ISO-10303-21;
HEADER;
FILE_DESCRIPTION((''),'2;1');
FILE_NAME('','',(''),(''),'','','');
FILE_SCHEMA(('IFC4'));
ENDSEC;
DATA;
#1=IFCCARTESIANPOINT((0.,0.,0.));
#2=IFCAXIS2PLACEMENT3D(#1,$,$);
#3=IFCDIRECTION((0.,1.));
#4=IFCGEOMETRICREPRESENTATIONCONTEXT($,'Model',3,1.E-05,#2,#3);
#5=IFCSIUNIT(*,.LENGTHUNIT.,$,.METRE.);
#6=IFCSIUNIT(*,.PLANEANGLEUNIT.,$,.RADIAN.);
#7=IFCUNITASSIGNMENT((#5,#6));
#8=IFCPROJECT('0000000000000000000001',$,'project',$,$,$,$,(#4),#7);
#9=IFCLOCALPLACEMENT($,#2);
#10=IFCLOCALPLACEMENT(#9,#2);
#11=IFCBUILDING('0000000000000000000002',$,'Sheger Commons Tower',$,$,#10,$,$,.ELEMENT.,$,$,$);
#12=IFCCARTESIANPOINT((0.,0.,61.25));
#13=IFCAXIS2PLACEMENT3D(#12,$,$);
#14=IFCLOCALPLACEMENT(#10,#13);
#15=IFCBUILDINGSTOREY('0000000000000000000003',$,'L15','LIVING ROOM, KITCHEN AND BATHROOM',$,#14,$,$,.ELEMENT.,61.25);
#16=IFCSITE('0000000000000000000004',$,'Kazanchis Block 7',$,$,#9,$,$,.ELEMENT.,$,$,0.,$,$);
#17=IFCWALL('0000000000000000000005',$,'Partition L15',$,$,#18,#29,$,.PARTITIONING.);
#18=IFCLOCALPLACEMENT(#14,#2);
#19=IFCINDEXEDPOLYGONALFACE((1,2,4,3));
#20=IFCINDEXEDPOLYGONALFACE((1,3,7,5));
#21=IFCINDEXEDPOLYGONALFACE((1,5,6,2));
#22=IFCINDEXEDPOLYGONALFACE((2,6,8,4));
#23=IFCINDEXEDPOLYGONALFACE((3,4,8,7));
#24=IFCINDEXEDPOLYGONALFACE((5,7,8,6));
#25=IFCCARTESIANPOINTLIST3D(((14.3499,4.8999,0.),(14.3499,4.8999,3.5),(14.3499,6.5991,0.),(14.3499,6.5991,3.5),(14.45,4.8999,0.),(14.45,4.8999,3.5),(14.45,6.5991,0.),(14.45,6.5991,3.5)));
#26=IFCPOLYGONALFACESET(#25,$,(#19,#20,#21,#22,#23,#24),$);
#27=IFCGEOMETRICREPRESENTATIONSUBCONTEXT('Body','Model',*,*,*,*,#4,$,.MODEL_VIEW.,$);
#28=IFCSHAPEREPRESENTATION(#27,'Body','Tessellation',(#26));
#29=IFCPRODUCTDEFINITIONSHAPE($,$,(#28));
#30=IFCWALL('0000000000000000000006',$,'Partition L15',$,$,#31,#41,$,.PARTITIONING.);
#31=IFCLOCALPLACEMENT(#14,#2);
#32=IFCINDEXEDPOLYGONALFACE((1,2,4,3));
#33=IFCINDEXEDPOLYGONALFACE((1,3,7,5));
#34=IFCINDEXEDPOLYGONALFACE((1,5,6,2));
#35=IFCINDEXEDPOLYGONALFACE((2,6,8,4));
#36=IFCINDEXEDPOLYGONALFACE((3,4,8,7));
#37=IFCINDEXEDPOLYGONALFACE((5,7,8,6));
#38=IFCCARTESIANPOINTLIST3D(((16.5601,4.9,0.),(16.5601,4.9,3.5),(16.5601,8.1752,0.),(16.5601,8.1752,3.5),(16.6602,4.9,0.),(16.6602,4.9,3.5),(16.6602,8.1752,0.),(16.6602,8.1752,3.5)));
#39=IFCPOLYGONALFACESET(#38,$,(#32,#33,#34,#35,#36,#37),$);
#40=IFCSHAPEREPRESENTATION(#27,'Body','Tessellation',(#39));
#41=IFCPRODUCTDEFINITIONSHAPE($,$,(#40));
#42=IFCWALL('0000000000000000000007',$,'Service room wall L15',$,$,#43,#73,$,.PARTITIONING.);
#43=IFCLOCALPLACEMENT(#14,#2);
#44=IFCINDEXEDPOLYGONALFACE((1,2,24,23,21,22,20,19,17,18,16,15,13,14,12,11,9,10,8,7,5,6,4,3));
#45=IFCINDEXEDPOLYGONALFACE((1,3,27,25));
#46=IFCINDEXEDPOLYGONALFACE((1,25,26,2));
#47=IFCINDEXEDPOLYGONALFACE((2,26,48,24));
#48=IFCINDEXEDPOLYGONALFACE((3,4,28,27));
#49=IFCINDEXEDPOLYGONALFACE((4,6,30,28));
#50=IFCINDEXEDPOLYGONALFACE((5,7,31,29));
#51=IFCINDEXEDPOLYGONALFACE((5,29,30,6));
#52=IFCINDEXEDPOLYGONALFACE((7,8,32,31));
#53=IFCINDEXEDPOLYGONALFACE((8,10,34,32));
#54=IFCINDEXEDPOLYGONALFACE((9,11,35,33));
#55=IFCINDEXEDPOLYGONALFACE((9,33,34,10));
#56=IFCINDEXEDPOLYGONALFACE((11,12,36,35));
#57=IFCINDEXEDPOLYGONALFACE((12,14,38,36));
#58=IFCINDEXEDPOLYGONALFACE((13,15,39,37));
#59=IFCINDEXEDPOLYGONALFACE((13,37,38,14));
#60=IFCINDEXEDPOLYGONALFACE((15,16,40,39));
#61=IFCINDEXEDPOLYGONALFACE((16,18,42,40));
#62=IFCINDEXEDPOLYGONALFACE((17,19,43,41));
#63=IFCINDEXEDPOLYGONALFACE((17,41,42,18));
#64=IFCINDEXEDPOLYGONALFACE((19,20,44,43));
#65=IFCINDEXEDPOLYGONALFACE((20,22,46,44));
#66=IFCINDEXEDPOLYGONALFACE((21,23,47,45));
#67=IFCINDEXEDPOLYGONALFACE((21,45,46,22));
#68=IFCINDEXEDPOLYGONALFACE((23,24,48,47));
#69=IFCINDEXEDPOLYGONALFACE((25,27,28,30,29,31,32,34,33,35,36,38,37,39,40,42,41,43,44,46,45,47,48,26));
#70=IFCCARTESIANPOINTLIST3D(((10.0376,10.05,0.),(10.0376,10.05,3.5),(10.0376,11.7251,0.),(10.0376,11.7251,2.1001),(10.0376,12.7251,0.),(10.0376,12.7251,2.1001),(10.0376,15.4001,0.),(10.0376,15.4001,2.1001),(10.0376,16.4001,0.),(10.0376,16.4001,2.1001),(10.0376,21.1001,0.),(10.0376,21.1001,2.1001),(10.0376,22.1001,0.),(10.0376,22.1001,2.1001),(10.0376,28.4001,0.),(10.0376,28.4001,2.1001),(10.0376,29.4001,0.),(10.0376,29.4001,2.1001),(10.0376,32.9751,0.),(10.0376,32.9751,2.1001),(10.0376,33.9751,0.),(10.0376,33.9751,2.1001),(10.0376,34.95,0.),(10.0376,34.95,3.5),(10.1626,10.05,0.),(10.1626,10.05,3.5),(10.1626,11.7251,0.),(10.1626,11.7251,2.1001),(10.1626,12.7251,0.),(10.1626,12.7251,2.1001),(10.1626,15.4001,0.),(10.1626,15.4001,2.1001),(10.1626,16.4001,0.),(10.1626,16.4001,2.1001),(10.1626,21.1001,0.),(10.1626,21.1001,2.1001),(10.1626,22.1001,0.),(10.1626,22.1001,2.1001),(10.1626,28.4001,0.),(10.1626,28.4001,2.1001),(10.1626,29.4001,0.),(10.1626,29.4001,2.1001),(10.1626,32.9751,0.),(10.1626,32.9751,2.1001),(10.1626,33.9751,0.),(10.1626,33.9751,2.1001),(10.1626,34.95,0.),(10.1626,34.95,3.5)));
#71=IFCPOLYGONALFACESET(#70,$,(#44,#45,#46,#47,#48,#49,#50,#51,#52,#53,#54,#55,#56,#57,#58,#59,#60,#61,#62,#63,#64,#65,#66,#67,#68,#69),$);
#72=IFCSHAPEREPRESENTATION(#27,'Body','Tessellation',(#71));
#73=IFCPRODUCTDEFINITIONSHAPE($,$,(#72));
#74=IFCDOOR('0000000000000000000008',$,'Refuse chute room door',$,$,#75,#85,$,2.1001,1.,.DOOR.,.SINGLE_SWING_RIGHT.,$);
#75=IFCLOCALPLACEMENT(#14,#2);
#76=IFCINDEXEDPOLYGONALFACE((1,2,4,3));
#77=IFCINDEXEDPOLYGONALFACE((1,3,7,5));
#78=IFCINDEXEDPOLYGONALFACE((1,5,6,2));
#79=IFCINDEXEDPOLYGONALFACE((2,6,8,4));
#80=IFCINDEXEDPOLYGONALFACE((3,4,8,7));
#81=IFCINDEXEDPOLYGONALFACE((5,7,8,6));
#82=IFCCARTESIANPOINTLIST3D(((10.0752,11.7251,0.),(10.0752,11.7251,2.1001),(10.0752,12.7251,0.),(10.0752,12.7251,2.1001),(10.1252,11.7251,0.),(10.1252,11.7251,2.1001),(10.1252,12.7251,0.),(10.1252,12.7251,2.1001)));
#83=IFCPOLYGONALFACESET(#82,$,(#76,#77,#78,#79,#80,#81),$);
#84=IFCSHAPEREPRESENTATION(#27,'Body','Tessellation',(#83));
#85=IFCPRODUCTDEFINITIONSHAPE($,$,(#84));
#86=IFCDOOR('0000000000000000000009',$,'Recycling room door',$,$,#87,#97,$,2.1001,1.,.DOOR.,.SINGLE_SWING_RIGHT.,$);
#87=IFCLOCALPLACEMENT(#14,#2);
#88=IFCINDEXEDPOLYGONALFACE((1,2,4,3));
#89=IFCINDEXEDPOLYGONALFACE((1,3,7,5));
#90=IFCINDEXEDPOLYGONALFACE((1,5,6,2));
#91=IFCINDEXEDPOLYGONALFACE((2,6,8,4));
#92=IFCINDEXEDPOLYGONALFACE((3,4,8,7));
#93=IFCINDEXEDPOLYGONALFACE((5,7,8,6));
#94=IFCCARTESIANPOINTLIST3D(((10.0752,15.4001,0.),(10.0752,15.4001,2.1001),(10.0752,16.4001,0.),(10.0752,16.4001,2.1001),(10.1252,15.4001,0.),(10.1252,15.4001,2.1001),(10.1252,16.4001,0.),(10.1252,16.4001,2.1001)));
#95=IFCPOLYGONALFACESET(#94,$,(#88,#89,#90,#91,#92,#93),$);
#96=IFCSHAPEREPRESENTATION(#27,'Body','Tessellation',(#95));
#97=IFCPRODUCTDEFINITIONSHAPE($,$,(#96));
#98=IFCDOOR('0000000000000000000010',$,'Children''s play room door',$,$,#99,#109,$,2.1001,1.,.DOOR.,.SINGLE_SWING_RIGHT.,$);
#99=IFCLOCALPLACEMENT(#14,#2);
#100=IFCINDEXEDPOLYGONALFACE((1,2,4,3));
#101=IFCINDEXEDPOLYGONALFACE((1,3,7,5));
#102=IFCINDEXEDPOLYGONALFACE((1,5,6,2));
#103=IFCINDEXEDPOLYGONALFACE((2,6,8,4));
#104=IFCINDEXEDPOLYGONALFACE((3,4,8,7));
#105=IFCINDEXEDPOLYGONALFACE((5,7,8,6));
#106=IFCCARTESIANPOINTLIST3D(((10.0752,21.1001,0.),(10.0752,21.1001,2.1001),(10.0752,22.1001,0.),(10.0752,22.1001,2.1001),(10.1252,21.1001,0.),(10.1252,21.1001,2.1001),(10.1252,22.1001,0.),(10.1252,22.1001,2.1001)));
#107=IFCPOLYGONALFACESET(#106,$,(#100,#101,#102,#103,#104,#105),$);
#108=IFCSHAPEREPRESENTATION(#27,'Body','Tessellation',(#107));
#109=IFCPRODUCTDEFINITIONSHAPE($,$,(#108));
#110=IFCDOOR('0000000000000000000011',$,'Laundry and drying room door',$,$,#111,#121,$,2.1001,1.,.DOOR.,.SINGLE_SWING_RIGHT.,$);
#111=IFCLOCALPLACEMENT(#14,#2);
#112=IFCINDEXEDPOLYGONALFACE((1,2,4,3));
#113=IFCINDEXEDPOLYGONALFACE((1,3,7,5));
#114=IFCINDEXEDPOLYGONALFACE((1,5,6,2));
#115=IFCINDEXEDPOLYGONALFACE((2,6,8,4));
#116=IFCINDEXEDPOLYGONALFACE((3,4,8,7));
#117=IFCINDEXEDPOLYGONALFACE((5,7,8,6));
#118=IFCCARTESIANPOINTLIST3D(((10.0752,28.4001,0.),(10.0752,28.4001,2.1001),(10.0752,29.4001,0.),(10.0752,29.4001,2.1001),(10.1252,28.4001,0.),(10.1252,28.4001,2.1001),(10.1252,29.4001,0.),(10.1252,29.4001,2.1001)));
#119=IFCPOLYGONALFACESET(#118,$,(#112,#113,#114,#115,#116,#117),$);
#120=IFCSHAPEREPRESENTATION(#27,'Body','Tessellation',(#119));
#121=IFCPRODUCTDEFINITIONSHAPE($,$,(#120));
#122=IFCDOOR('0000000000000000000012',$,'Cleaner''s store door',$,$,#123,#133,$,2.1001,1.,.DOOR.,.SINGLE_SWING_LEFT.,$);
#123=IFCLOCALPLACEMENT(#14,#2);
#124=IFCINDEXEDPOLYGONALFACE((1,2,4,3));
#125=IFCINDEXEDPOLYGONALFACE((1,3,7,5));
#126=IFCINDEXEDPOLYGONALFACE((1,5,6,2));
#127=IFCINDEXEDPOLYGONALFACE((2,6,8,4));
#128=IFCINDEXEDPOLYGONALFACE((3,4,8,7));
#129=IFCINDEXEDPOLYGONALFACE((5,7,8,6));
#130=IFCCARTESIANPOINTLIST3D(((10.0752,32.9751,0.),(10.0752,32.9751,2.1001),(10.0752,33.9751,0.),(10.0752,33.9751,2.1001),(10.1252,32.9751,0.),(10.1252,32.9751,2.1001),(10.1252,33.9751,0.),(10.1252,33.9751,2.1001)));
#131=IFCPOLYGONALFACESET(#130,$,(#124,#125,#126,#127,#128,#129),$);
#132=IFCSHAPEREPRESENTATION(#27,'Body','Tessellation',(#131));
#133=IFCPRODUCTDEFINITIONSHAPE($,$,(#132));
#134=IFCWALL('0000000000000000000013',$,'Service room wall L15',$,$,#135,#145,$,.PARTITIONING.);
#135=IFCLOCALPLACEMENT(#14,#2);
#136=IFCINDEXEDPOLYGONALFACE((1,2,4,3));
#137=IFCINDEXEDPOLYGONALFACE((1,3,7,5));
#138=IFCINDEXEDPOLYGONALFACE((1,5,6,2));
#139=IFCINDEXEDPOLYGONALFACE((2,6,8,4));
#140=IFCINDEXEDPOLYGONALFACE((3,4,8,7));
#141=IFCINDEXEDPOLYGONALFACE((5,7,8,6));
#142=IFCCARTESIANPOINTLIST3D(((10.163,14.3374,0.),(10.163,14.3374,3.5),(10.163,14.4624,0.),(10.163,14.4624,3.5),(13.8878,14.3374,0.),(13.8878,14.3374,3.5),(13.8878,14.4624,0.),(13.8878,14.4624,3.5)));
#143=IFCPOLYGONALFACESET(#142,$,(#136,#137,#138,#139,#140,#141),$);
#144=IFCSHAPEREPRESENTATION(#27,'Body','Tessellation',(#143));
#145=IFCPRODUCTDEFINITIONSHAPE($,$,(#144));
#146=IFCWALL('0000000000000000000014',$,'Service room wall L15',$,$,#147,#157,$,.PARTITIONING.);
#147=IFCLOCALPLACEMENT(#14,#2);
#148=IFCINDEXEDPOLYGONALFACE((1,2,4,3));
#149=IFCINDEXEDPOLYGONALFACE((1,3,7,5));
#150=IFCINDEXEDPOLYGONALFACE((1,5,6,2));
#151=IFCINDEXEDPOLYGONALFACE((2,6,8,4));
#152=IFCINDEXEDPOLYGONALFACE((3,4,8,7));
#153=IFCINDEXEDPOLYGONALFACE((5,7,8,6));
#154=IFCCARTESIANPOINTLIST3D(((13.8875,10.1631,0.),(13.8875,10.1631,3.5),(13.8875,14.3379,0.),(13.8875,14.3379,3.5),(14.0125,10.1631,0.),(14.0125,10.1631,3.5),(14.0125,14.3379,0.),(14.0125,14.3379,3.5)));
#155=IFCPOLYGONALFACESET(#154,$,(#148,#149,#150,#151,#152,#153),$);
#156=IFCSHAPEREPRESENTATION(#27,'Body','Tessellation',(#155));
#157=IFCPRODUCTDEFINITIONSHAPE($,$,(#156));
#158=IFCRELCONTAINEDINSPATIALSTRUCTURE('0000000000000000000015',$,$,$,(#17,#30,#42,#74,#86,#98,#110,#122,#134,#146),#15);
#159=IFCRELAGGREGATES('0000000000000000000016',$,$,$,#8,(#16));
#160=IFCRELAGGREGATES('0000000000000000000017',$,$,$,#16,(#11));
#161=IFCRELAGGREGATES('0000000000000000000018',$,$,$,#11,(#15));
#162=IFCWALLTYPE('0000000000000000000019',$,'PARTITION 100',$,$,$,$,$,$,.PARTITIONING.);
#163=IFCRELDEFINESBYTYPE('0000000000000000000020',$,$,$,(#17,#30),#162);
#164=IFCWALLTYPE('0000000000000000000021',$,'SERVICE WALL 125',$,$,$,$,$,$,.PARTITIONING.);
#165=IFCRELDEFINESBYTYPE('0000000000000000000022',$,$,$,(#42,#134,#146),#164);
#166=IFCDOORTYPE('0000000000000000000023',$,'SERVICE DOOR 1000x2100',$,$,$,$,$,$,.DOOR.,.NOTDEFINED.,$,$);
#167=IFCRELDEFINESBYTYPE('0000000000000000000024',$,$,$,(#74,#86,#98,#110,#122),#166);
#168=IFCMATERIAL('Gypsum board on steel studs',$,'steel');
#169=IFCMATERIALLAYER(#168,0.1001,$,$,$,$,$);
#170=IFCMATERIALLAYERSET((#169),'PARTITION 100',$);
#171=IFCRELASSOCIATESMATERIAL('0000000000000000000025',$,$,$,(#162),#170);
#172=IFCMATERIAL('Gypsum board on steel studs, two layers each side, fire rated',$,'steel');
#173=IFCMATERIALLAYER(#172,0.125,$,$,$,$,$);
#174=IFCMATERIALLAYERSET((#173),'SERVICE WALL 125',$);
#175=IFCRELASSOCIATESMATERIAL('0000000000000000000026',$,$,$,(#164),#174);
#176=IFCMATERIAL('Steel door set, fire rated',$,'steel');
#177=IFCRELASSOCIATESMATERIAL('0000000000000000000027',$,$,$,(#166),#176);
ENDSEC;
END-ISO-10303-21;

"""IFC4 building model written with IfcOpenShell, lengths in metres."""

from ifc_helpers import new_model, si_unit, direction, frame, frame_2d, origin, place, context, subcontext, project, spatial, rectangle, extrude, material, layer, layer_set, type_object, element, fill, save


model = new_model("IFC4")

# Units and contexts
model_context = context("Model", 3, precision=1e-05, world=origin(), true_north=direction((0.0, 1.0)))
body_context = subcontext(model_context, "Body", "Model", "MODEL_VIEW")
ifc_project = project(units=[si_unit("LENGTHUNIT", "METRE"), si_unit("PLANEANGLEUNIT", "RADIAN")], contexts=[model_context])

# Site, building, storey
site_placement = place(None, origin())
site = spatial("IfcSite", under=ifc_project, at=site_placement, Name="Kazanchis Block 7", CompositionType="ELEMENT", RefElevation=0.0)
building_placement = place(site_placement, origin())
building = spatial("IfcBuilding", under=site, at=building_placement, Name="Sheger Commons Tower", CompositionType="ELEMENT")
storey_placement = place(building_placement, frame((0.0, 0.0, 61.25)))
storey = spatial("IfcBuildingStorey", under=building, at=storey_placement, Name="L15", Description="LIVING ROOM, KITCHEN AND BATHROOM", CompositionType="ELEMENT", Elevation=61.25)

# Shared definitions
ifc_material_1 = material(Name="Gypsum board on steel studs", Category="steel")
ifc_layer_1 = layer(ifc_material_1, 0.1001)
ifc_layer_set_1 = layer_set([ifc_layer_1], Name="PARTITION 100")
wall_type_1 = type_object("IfcWallType", Name="PARTITION 100", PredefinedType="PARTITIONING", material=ifc_layer_set_1)

# Walls
wall_1_placement = place(storey_placement, frame((14.3999, 4.8999, 0.0), z_axis=(0.0, 0.0, 1.0), x_axis=(0.0, 1.0, 0.0)))
element("IfcWall", 1, at=wall_1_placement, inside=storey, type_object=wall_type_1, Name="Partition L15", PredefinedType="PARTITIONING", context=body_context, shape_type="SweptSolid", body=[
    extrude(rectangle(XDim=1.6992, YDim=0.1001, at=frame_2d((0.8496, 0.0))), origin(), (0.0, 0.0, 1.0), 3.5),
])
wall_2_placement = place(storey_placement, frame((16.6101, 4.8999, 0.0), z_axis=(0.0, 0.0, 1.0), x_axis=(0.0, 1.0, 0.0)))
element("IfcWall", 2, at=wall_2_placement, inside=storey, type_object=wall_type_1, Name="Partition L15", PredefinedType="PARTITIONING", context=body_context, shape_type="SweptSolid", body=[
    extrude(rectangle(XDim=3.2751, YDim=0.1001, at=frame_2d((1.6377, 0.0))), origin(), (0.0, 0.0, 1.0), 3.5),
])

# Wall, openings, doors
ifc_material_2 = material(Name="Gypsum board on steel studs, two layers each side, fire rated", Category="steel")
ifc_layer_2 = layer(ifc_material_2, 0.125)
ifc_layer_set_2 = layer_set([ifc_layer_2], Name="SERVICE WALL 125")
wall_type_2 = type_object("IfcWallType", Name="SERVICE WALL 125", PredefinedType="PARTITIONING", material=ifc_layer_set_2)
wall_3_placement = place(storey_placement, frame((10.1001, 10.05, 0.0), z_axis=(0.0, 0.0, 1.0), x_axis=(0.0, 1.0, 0.0)))
wall_3 = element("IfcWall", 3, at=wall_3_placement, inside=storey, type_object=wall_type_2, Name="Service room wall L15", PredefinedType="PARTITIONING", context=body_context, shape_type="SweptSolid", body=[
    extrude(rectangle(XDim=24.8999, YDim=0.125, at=frame_2d((12.45, 0.0))), origin(), (0.0, 0.0, 1.0), 3.5),
])
opening_1_placement = place(wall_3_placement, frame((1.675, 0.0, 0.0)))
opening_1 = element("IfcOpeningElement", 4, at=opening_1_placement, cuts=wall_3, PredefinedType="OPENING", context=body_context, shape_type="SweptSolid", body=[
    extrude(rectangle(XDim=1.0, YDim=2.1001, at=frame_2d((0.5, 1.05))), frame((0.0, 0.0725, 0.0), z_axis=(0.0, -1.0, 0.0), x_axis=(1.0, 0.0, 0.0)), (0.0, 0.0, 1.0), 0.145),
])
opening_2_placement = place(wall_3_placement, frame((5.3501, 0.0, 0.0)))
opening_2 = element("IfcOpeningElement", 5, at=opening_2_placement, cuts=wall_3, PredefinedType="OPENING", context=body_context, shape_type="SweptSolid", body=[
    extrude(rectangle(XDim=1.0, YDim=2.1001, at=frame_2d((0.5, 1.05))), frame((0.0, 0.0725, 0.0), z_axis=(0.0, -1.0, 0.0), x_axis=(1.0, 0.0, 0.0)), (0.0, 0.0, 1.0), 0.145),
])
opening_3_placement = place(wall_3_placement, frame((11.05, 0.0, 0.0)))
opening_3 = element("IfcOpeningElement", 6, at=opening_3_placement, cuts=wall_3, PredefinedType="OPENING", context=body_context, shape_type="SweptSolid", body=[
    extrude(rectangle(XDim=1.0, YDim=2.1001, at=frame_2d((0.5, 1.05))), frame((0.0, 0.0725, 0.0), z_axis=(0.0, -1.0, 0.0), x_axis=(1.0, 0.0, 0.0)), (0.0, 0.0, 1.0), 0.145),
])
opening_4_placement = place(wall_3_placement, frame((18.3501, 0.0, 0.0)))
opening_4 = element("IfcOpeningElement", 7, at=opening_4_placement, cuts=wall_3, PredefinedType="OPENING", context=body_context, shape_type="SweptSolid", body=[
    extrude(rectangle(XDim=1.0, YDim=2.1001, at=frame_2d((0.5, 1.05))), frame((0.0, 0.0725, 0.0), z_axis=(0.0, -1.0, 0.0), x_axis=(1.0, 0.0, 0.0)), (0.0, 0.0, 1.0), 0.145),
])
opening_5_placement = place(wall_3_placement, frame((22.925, 0.0, 0.0)))
opening_5 = element("IfcOpeningElement", 8, at=opening_5_placement, cuts=wall_3, PredefinedType="OPENING", context=body_context, shape_type="SweptSolid", body=[
    extrude(rectangle(XDim=1.0, YDim=2.1001, at=frame_2d((0.5, 1.05))), frame((0.0, 0.0725, 0.0), z_axis=(0.0, -1.0, 0.0), x_axis=(1.0, 0.0, 0.0)), (0.0, 0.0, 1.0), 0.145),
])
ifc_material_3 = material(Name="Steel door set, fire rated", Category="steel")
door_type_1 = type_object("IfcDoorType", Name="SERVICE DOOR 1000x2100", OperationType="NOTDEFINED", PredefinedType="DOOR", material=ifc_material_3)
door_1_placement = place(opening_1_placement, origin())
door_1 = element("IfcDoor", 9, at=door_1_placement, inside=storey, type_object=door_type_1, Name="Refuse chute room door", OperationType="SINGLE_SWING_RIGHT", OverallHeight=2.1001, OverallWidth=1.0, PredefinedType="DOOR", context=body_context, shape_type="SweptSolid", body=[
    extrude(rectangle(XDim=1.0, YDim=2.1001, at=frame_2d((0.5, 1.05))), frame((0.0, 0.0249, 0.0), z_axis=(0.0, -1.0, 0.0), x_axis=(1.0, 0.0, 0.0)), (0.0, 0.0, 1.0), 0.05),
])
fill(opening_1, door_1)
door_2_placement = place(opening_2_placement, origin())
door_2 = element("IfcDoor", 10, at=door_2_placement, inside=storey, type_object=door_type_1, Name="Recycling room door", OperationType="SINGLE_SWING_RIGHT", OverallHeight=2.1001, OverallWidth=1.0, PredefinedType="DOOR", context=body_context, shape_type="SweptSolid", body=[
    extrude(rectangle(XDim=1.0, YDim=2.1001, at=frame_2d((0.5, 1.05))), frame((0.0, 0.0249, 0.0), z_axis=(0.0, -1.0, 0.0), x_axis=(1.0, 0.0, 0.0)), (0.0, 0.0, 1.0), 0.05),
])
fill(opening_2, door_2)
door_3_placement = place(opening_3_placement, origin())
door_3 = element("IfcDoor", 11, at=door_3_placement, inside=storey, type_object=door_type_1, Name="Children's play room door", OperationType="SINGLE_SWING_RIGHT", OverallHeight=2.1001, OverallWidth=1.0, PredefinedType="DOOR", context=body_context, shape_type="SweptSolid", body=[
    extrude(rectangle(XDim=1.0, YDim=2.1001, at=frame_2d((0.5, 1.05))), frame((0.0, 0.0249, 0.0), z_axis=(0.0, -1.0, 0.0), x_axis=(1.0, 0.0, 0.0)), (0.0, 0.0, 1.0), 0.05),
])
fill(opening_3, door_3)
door_4_placement = place(opening_4_placement, origin())
door_4 = element("IfcDoor", 12, at=door_4_placement, inside=storey, type_object=door_type_1, Name="Laundry and drying room door", OperationType="SINGLE_SWING_RIGHT", OverallHeight=2.1001, OverallWidth=1.0, PredefinedType="DOOR", context=body_context, shape_type="SweptSolid", body=[
    extrude(rectangle(XDim=1.0, YDim=2.1001, at=frame_2d((0.5, 1.05))), frame((0.0, 0.0249, 0.0), z_axis=(0.0, -1.0, 0.0), x_axis=(1.0, 0.0, 0.0)), (0.0, 0.0, 1.0), 0.05),
])
fill(opening_4, door_4)
door_5_placement = place(opening_5_placement, origin())
door_5 = element("IfcDoor", 13, at=door_5_placement, inside=storey, type_object=door_type_1, Name="Cleaner's store door", OperationType="SINGLE_SWING_LEFT", OverallHeight=2.1001, OverallWidth=1.0, PredefinedType="DOOR", context=body_context, shape_type="SweptSolid", body=[
    extrude(rectangle(XDim=1.0, YDim=2.1001, at=frame_2d((0.5, 1.05))), frame((0.0, 0.0249, 0.0), z_axis=(0.0, -1.0, 0.0), x_axis=(1.0, 0.0, 0.0)), (0.0, 0.0, 1.0), 0.05),
])
fill(opening_5, door_5)

# Walls
wall_4_placement = place(storey_placement, frame((10.1631, 14.3999, 0.0), z_axis=(0.0, 0.0, 1.0), x_axis=(1.0, 0.0, 0.0)))
element("IfcWall", 14, at=wall_4_placement, inside=storey, type_object=wall_type_2, Name="Service room wall L15", PredefinedType="PARTITIONING", context=body_context, shape_type="SweptSolid", body=[
    extrude(rectangle(XDim=3.7249, YDim=0.125, at=frame_2d((1.8623, 0.0))), origin(), (0.0, 0.0, 1.0), 3.5),
])
wall_5_placement = place(storey_placement, frame((13.95, 10.1631, 0.0), z_axis=(0.0, 0.0, 1.0), x_axis=(0.0, 1.0, 0.0)))
element("IfcWall", 15, at=wall_5_placement, inside=storey, type_object=wall_type_2, Name="Service room wall L15", PredefinedType="PARTITIONING", context=body_context, shape_type="SweptSolid", body=[
    extrude(rectangle(XDim=4.1748, YDim=0.125, at=frame_2d((2.0874, 0.0))), origin(), (0.0, 0.0, 1.0), 3.5),
])

save(model, "model.ifc")
